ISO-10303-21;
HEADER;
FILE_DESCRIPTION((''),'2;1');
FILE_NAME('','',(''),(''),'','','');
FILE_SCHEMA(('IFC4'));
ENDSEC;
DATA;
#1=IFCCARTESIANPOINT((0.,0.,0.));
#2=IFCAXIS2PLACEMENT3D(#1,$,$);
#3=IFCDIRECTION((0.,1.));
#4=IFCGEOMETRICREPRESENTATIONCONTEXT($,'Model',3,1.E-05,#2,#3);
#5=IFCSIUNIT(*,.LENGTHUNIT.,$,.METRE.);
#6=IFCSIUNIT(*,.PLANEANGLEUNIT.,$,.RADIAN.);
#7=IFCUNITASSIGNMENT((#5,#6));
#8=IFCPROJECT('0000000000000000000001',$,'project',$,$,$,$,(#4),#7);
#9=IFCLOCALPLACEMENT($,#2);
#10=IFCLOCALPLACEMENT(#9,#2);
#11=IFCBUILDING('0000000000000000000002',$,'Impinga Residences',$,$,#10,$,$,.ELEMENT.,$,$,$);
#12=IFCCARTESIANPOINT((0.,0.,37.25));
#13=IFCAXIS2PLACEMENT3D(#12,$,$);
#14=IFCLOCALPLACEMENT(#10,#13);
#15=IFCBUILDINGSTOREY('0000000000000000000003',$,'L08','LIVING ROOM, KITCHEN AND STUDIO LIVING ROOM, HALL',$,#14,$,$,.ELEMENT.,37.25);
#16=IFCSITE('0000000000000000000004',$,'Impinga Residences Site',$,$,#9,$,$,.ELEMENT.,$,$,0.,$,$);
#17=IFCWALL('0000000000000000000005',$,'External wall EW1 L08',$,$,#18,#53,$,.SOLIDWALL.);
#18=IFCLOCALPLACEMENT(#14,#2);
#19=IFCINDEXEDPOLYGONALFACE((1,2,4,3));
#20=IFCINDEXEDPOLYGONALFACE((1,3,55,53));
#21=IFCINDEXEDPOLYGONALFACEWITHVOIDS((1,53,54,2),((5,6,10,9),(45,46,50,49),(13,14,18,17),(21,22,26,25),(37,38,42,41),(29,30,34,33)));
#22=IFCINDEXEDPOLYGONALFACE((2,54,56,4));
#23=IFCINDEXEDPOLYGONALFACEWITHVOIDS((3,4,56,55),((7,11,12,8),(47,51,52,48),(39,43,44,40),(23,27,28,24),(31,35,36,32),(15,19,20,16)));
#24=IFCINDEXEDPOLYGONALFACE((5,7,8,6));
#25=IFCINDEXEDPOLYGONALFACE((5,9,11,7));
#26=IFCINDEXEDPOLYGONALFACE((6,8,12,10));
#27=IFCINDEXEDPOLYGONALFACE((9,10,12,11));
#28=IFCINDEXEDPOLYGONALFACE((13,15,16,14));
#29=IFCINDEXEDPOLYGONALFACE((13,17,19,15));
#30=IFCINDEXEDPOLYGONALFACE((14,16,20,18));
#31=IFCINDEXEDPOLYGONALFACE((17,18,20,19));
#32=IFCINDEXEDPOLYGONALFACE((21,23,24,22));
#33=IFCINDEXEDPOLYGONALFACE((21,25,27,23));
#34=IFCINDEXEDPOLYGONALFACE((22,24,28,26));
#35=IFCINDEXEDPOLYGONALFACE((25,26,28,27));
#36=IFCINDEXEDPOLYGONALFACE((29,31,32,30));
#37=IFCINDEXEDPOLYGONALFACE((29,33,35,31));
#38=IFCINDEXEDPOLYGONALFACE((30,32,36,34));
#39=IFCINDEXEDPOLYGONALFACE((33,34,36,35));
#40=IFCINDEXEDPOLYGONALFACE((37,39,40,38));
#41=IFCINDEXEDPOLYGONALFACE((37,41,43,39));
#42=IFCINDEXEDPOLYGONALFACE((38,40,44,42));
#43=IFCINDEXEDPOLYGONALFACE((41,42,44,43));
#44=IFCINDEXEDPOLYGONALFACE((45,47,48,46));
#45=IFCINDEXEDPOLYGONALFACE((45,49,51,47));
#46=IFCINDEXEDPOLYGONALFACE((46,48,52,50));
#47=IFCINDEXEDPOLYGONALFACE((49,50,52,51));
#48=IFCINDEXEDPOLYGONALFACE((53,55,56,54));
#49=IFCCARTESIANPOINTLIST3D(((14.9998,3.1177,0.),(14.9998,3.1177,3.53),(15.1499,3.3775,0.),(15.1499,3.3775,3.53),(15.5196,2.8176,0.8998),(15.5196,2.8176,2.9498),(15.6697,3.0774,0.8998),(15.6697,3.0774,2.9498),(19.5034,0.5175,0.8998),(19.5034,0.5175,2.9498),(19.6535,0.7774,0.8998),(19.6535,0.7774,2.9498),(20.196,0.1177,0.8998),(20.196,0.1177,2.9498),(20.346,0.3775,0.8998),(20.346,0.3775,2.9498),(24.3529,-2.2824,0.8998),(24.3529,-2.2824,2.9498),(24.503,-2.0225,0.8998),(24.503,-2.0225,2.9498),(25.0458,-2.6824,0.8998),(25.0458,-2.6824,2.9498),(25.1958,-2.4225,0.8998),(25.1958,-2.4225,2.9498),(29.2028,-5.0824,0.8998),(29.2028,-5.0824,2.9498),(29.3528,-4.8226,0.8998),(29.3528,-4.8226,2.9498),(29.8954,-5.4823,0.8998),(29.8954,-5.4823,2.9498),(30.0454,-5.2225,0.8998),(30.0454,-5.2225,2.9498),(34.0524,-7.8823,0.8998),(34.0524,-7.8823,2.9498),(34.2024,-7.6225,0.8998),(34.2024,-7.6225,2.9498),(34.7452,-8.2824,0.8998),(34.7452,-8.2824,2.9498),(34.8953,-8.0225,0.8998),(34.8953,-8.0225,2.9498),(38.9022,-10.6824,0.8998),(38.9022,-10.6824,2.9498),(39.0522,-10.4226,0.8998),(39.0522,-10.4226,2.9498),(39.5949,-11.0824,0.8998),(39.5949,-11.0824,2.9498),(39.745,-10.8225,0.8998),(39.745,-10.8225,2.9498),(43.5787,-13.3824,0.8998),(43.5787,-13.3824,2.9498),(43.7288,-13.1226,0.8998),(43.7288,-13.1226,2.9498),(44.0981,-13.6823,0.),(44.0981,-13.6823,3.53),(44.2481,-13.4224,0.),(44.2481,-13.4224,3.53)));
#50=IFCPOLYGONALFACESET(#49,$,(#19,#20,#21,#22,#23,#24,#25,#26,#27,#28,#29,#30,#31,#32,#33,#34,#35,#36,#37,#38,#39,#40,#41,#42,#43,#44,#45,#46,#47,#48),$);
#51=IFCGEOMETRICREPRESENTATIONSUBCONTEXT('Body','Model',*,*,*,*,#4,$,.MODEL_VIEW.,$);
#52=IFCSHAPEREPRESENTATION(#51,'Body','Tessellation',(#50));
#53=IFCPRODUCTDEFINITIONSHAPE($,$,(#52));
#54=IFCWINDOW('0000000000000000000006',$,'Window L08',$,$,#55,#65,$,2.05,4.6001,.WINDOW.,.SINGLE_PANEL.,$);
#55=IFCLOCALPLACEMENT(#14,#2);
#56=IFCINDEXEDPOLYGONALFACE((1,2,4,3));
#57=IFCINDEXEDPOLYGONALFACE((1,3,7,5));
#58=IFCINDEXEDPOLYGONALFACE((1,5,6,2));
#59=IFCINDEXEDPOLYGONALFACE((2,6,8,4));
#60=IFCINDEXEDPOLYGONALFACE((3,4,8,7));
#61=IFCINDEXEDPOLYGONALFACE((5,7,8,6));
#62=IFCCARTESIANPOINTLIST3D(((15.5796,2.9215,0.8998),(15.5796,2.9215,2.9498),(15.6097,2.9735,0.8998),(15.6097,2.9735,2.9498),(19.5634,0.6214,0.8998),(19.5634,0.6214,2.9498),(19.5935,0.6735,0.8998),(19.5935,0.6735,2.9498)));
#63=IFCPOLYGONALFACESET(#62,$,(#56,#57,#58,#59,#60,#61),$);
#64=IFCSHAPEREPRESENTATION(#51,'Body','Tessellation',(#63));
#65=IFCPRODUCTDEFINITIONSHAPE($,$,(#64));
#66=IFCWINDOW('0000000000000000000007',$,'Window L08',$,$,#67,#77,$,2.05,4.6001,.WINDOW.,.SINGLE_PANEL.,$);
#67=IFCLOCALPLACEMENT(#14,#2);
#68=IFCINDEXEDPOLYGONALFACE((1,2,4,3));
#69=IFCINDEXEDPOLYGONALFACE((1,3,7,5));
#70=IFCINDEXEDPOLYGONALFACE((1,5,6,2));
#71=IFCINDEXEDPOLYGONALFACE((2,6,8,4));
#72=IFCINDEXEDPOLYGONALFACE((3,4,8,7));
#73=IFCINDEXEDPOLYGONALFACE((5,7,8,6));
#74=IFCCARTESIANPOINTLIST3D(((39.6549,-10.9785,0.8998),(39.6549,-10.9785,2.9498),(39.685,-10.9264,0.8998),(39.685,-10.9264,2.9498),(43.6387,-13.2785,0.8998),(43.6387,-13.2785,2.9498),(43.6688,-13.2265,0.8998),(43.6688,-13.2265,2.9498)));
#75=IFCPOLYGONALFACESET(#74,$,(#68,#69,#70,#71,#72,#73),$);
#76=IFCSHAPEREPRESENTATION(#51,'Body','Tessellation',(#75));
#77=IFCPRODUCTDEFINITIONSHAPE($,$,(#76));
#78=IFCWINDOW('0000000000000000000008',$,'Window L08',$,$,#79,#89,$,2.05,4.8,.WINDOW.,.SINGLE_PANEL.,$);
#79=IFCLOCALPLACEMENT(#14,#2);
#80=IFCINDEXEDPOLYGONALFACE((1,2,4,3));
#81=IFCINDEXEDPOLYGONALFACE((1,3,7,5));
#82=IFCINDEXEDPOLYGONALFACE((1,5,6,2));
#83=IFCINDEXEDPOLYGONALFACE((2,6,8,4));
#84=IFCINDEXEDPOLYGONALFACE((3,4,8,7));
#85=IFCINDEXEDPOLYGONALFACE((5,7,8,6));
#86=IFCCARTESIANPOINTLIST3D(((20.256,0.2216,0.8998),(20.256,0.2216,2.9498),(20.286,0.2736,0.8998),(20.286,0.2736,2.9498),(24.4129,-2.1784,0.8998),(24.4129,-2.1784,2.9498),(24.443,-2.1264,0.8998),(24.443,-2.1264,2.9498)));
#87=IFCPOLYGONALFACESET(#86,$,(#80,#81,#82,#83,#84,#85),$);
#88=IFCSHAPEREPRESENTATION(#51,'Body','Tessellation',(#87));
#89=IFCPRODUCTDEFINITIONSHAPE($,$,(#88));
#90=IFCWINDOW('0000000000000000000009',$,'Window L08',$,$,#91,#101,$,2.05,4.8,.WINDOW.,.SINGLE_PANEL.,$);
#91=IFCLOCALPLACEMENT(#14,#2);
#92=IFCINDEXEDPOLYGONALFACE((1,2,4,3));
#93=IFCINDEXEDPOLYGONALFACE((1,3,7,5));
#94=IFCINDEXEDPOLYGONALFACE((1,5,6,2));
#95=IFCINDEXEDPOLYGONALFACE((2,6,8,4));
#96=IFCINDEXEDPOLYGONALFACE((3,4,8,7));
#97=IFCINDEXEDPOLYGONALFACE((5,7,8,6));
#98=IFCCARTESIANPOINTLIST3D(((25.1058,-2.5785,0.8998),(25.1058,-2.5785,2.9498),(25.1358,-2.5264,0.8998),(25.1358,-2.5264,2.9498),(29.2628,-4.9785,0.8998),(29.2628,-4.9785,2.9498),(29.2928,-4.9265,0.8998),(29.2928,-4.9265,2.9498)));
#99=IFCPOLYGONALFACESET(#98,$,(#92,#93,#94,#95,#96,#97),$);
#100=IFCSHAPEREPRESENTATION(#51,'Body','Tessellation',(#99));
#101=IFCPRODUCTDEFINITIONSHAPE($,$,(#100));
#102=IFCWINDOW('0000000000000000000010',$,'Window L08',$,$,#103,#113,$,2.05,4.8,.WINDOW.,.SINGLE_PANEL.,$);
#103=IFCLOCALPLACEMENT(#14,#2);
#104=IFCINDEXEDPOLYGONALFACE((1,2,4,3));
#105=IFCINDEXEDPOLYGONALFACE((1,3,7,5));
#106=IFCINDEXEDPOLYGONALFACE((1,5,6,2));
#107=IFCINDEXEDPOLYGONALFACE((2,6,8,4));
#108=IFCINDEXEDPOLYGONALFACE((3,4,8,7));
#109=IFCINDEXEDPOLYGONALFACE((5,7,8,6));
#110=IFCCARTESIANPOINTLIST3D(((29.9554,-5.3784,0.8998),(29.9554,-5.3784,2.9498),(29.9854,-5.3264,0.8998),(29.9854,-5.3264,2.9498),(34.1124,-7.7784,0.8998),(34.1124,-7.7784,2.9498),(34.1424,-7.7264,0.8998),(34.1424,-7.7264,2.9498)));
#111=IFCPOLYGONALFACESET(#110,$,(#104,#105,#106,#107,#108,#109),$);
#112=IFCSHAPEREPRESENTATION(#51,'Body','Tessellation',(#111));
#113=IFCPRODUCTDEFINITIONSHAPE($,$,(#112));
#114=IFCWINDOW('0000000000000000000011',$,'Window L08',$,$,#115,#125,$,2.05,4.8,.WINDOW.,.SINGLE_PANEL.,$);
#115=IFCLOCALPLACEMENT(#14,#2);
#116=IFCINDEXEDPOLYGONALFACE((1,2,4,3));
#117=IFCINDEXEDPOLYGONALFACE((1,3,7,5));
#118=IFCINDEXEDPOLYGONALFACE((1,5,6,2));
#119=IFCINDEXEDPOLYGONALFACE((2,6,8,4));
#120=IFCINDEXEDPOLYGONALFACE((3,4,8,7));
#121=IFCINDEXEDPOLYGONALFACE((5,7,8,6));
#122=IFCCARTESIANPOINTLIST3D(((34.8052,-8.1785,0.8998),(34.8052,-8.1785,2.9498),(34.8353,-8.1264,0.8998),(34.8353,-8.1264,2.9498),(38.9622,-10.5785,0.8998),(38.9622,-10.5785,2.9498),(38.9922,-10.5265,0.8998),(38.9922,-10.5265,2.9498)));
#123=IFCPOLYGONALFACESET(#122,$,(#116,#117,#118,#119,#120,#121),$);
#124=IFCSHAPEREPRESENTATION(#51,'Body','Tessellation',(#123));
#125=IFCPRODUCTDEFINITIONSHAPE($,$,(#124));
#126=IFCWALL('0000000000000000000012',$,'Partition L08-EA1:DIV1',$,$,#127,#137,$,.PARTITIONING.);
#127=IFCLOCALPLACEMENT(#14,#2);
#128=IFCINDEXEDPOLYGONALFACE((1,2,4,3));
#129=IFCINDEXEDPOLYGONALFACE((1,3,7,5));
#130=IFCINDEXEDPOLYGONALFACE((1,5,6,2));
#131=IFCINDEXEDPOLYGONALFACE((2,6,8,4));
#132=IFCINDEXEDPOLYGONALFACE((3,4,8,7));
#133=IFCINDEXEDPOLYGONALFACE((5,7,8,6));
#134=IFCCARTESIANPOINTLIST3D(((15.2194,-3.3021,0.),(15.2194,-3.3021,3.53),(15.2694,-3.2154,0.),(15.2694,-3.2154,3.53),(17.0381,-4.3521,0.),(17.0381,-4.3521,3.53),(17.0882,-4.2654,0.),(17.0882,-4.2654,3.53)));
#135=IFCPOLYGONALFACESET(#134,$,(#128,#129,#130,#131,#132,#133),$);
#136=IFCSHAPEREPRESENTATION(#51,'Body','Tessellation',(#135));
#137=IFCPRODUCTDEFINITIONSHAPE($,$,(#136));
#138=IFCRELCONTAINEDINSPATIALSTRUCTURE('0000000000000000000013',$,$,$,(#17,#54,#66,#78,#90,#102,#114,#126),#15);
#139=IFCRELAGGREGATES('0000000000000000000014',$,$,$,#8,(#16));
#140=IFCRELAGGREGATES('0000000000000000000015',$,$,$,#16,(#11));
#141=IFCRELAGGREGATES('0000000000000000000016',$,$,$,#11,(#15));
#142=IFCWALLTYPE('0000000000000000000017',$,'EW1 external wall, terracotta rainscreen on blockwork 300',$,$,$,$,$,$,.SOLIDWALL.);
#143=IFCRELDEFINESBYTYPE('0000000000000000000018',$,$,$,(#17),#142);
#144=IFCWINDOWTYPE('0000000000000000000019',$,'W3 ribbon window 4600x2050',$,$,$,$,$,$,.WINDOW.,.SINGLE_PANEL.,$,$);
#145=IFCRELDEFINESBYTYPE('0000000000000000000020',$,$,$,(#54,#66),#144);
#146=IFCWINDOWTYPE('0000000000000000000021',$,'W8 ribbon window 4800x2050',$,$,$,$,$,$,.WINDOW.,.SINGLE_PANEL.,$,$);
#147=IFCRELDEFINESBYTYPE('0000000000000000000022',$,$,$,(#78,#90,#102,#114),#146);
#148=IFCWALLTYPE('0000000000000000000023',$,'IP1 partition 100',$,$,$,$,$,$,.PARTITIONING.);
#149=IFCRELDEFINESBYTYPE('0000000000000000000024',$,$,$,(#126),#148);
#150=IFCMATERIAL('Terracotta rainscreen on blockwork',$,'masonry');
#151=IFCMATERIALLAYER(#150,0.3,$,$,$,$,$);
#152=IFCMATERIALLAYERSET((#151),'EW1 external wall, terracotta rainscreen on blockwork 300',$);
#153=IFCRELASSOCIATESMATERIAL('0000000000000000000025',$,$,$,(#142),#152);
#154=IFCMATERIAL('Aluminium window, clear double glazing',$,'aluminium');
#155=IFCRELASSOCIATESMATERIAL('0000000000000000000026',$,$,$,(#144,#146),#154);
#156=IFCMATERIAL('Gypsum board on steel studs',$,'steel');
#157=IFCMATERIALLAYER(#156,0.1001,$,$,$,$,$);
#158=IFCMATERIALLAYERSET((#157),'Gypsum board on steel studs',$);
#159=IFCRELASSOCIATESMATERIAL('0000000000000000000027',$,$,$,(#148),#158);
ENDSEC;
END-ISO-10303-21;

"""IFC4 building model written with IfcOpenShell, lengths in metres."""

from ifc_helpers import new_model, si_unit, direction, frame, frame_2d, origin, place, context, subcontext, project, spatial, rectangle, extrude, material, layer, layer_set, type_object, element, fill, save


model = new_model("IFC4")

# Units and contexts
model_context = context("Model", 3, precision=1e-05, world=origin(), true_north=direction((0.0, 1.0)))
body_context = subcontext(model_context, "Body", "Model", "MODEL_VIEW")
ifc_project = project(units=[si_unit("LENGTHUNIT", "METRE"), si_unit("PLANEANGLEUNIT", "RADIAN")], contexts=[model_context])

# Site, building, storey
site_placement = place(None, origin())
site = spatial("IfcSite", under=ifc_project, at=site_placement, Name="Impinga Residences Site", CompositionType="ELEMENT", RefElevation=0.0)
building_placement = place(site_placement, origin())
building = spatial("IfcBuilding", under=site, at=building_placement, Name="Impinga Residences", CompositionType="ELEMENT")
storey_placement = place(building_placement, frame((0.0, 0.0, 37.25)))
storey = spatial("IfcBuildingStorey", under=building, at=storey_placement, Name="L08", Description="LIVING ROOM, KITCHEN AND STUDIO LIVING ROOM, HALL", CompositionType="ELEMENT", Elevation=37.25)

# Wall, openings, windows
ifc_material_1 = material(Name="Terracotta rainscreen on blockwork", Category="masonry")
ifc_layer_1 = layer(ifc_material_1, 0.3)
ifc_layer_set_1 = layer_set([ifc_layer_1], Name="EW1 external wall, terracotta rainscreen on blockwork 300")
wall_type_1 = type_object("IfcWallType", Name="EW1 external wall, terracotta rainscreen on blockwork 300", PredefinedType="SOLIDWALL", material=ifc_layer_set_1)
wall_1_placement = place(storey_placement, frame((15.075, 3.2476, 0.0), z_axis=(0.0, 0.0, 1.0), x_axis=(0.866024, -0.500002, 0.0)))
wall_1 = element("IfcWall", 1, at=wall_1_placement, inside=storey, type_object=wall_type_1, Name="External wall EW1 L08", PredefinedType="SOLIDWALL", context=body_context, shape_type="SweptSolid", body=[
    extrude(rectangle(XDim=33.5999, YDim=0.3, at=frame_2d((16.7998, 0.0))), origin(), (0.0, 0.0, 1.0), 3.53),
])
opening_1_placement = place(wall_1_placement, frame((0.6001, 0.0, 0.8999)))
opening_1 = element("IfcOpeningElement", 2, at=opening_1_placement, cuts=wall_1, PredefinedType="OPENING", context=body_context, shape_type="SweptSolid", body=[
    extrude(rectangle(XDim=4.6001, YDim=2.05, at=frame_2d((2.3, 1.0249))), frame((0.0, 0.1599, 0.0), z_axis=(0.0, -1.0, 0.0), x_axis=(1.0, 0.0, 0.0)), (0.0, 0.0, 1.0), 0.3201),
])
opening_2_placement = place(wall_1_placement, frame((6.0, 0.0, 0.8999)))
opening_2 = element("IfcOpeningElement", 3, at=opening_2_placement, cuts=wall_1, PredefinedType="OPENING", context=body_context, shape_type="SweptSolid", body=[
    extrude(rectangle(XDim=4.8, YDim=2.05, at=frame_2d((2.3999, 1.0249))), frame((0.0, 0.1599, 0.0), z_axis=(0.0, -1.0, 0.0), x_axis=(1.0, 0.0, 0.0)), (0.0, 0.0, 1.0), 0.3201),
])
opening_3_placement = place(wall_1_placement, frame((11.6001, 0.0, 0.8999)))
opening_3 = element("IfcOpeningElement", 4, at=opening_3_placement, cuts=wall_1, PredefinedType="OPENING", context=body_context, shape_type="SweptSolid", body=[
    extrude(rectangle(XDim=4.8, YDim=2.05, at=frame_2d((2.3999, 1.0249))), frame((0.0, 0.1599, 0.0), z_axis=(0.0, -1.0, 0.0), x_axis=(1.0, 0.0, 0.0)), (0.0, 0.0, 1.0), 0.3201),
])
opening_4_placement = place(wall_1_placement, frame((17.2, 0.0, 0.8999)))
opening_4 = element("IfcOpeningElement", 5, at=opening_4_placement, cuts=wall_1, PredefinedType="OPENING", context=body_context, shape_type="SweptSolid", body=[
    extrude(rectangle(XDim=4.8, YDim=2.05, at=frame_2d((2.3999, 1.0249))), frame((0.0, 0.1599, 0.0), z_axis=(0.0, -1.0, 0.0), x_axis=(1.0, 0.0, 0.0)), (0.0, 0.0, 1.0), 0.3201),
])
opening_5_placement = place(wall_1_placement, frame((22.8, 0.0, 0.8999)))
opening_5 = element("IfcOpeningElement", 6, at=opening_5_placement, cuts=wall_1, PredefinedType="OPENING", context=body_context, shape_type="SweptSolid", body=[
    extrude(rectangle(XDim=4.8, YDim=2.05, at=frame_2d((2.3999, 1.0249))), frame((0.0, 0.1599, 0.0), z_axis=(0.0, -1.0, 0.0), x_axis=(1.0, 0.0, 0.0)), (0.0, 0.0, 1.0), 0.3201),
])
opening_6_placement = place(wall_1_placement, frame((28.3999, 0.0, 0.8999)))
opening_6 = element("IfcOpeningElement", 7, at=opening_6_placement, cuts=wall_1, PredefinedType="OPENING", context=body_context, shape_type="SweptSolid", body=[
    extrude(rectangle(XDim=4.6001, YDim=2.05, at=frame_2d((2.3, 1.0249))), frame((0.0, 0.1599, 0.0), z_axis=(0.0, -1.0, 0.0), x_axis=(1.0, 0.0, 0.0)), (0.0, 0.0, 1.0), 0.3201),
])
ifc_material_2 = material(Name="Aluminium window, clear double glazing", Category="aluminium")
window_type_1 = type_object("IfcWindowType", Name="W3 ribbon window 4600x2050", PartitioningType="SINGLE_PANEL", PredefinedType="WINDOW", material=ifc_material_2)
window_1_placement = place(opening_1_placement, origin())
window_1 = element("IfcWindow", 8, at=window_1_placement, inside=storey, type_object=window_type_1, Name="Window L08", OverallHeight=2.05, OverallWidth=4.6001, PartitioningType="SINGLE_PANEL", PredefinedType="WINDOW", context=body_context, shape_type="SweptSolid", body=[
    extrude(rectangle(XDim=4.6001, YDim=2.05, at=frame_2d((2.3, 1.0249))), frame((0.0, 0.03, 0.0), z_axis=(0.0, -1.0, 0.0), x_axis=(1.0, 0.0, 0.0)), (0.0, 0.0, 1.0), 0.0601),
])
fill(opening_1, window_1)
window_2_placement = place(opening_6_placement, origin())
window_2 = element("IfcWindow", 9, at=window_2_placement, inside=storey, type_object=window_type_1, Name="Window L08", OverallHeight=2.05, OverallWidth=4.6001, PartitioningType="SINGLE_PANEL", PredefinedType="WINDOW", context=body_context, shape_type="SweptSolid", body=[
    extrude(rectangle(XDim=4.6001, YDim=2.05, at=frame_2d((2.3, 1.0249))), frame((0.0, 0.03, 0.0), z_axis=(0.0, -1.0, 0.0), x_axis=(1.0, 0.0, 0.0)), (0.0, 0.0, 1.0), 0.0601),
])
fill(opening_6, window_2)
window_type_2 = type_object("IfcWindowType", Name="W8 ribbon window 4800x2050", PartitioningType="SINGLE_PANEL", PredefinedType="WINDOW", material=ifc_material_2)
window_3_placement = place(opening_2_placement, origin())
window_3 = element("IfcWindow", 10, at=window_3_placement, inside=storey, type_object=window_type_2, Name="Window L08", OverallHeight=2.05, OverallWidth=4.8, PartitioningType="SINGLE_PANEL", PredefinedType="WINDOW", context=body_context, shape_type="SweptSolid", body=[
    extrude(rectangle(XDim=4.8, YDim=2.05, at=frame_2d((2.3999, 1.0249))), frame((0.0, 0.03, 0.0), z_axis=(0.0, -1.0, 0.0), x_axis=(1.0, 0.0, 0.0)), (0.0, 0.0, 1.0), 0.0601),
])
fill(opening_2, window_3)
window_4_placement = place(opening_3_placement, origin())
window_4 = element("IfcWindow", 11, at=window_4_placement, inside=storey, type_object=window_type_2, Name="Window L08", OverallHeight=2.05, OverallWidth=4.8, PartitioningType="SINGLE_PANEL", PredefinedType="WINDOW", context=body_context, shape_type="SweptSolid", body=[
    extrude(rectangle(XDim=4.8, YDim=2.05, at=frame_2d((2.3999, 1.0249))), frame((0.0, 0.03, 0.0), z_axis=(0.0, -1.0, 0.0), x_axis=(1.0, 0.0, 0.0)), (0.0, 0.0, 1.0), 0.0601),
])
fill(opening_3, window_4)
window_5_placement = place(opening_4_placement, origin())
window_5 = element("IfcWindow", 12, at=window_5_placement, inside=storey, type_object=window_type_2, Name="Window L08", OverallHeight=2.05, OverallWidth=4.8, PartitioningType="SINGLE_PANEL", PredefinedType="WINDOW", context=body_context, shape_type="SweptSolid", body=[
    extrude(rectangle(XDim=4.8, YDim=2.05, at=frame_2d((2.3999, 1.0249))), frame((0.0, 0.03, 0.0), z_axis=(0.0, -1.0, 0.0), x_axis=(1.0, 0.0, 0.0)), (0.0, 0.0, 1.0), 0.0601),
])
fill(opening_4, window_5)
window_6_placement = place(opening_5_placement, origin())
window_6 = element("IfcWindow", 13, at=window_6_placement, inside=storey, type_object=window_type_2, Name="Window L08", OverallHeight=2.05, OverallWidth=4.8, PartitioningType="SINGLE_PANEL", PredefinedType="WINDOW", context=body_context, shape_type="SweptSolid", body=[
    extrude(rectangle(XDim=4.8, YDim=2.05, at=frame_2d((2.3999, 1.0249))), frame((0.0, 0.03, 0.0), z_axis=(0.0, -1.0, 0.0), x_axis=(1.0, 0.0, 0.0)), (0.0, 0.0, 1.0), 0.0601),
])
fill(opening_5, window_6)

# Wall
ifc_material_3 = material(Name="Gypsum board on steel studs", Category="steel")
ifc_layer_2 = layer(ifc_material_3, 0.1001)
ifc_layer_set_2 = layer_set([ifc_layer_2], Name="Gypsum board on steel studs")
wall_type_2 = type_object("IfcWallType", Name="IP1 partition 100", PredefinedType="PARTITIONING", material=ifc_layer_set_2)
wall_2_placement = place(storey_placement, frame((15.2444, -3.2588, 0.0), z_axis=(0.0, 0.0, 1.0), x_axis=(0.866038, -0.499977, 0.0)))
element("IfcWall", 14, at=wall_2_placement, inside=storey, type_object=wall_type_2, Name="Partition L08-EA1:DIV1", PredefinedType="PARTITIONING", context=body_context, shape_type="SweptSolid", body=[
    extrude(rectangle(XDim=2.1001, YDim=0.1001, at=frame_2d((1.05, 0.0))), origin(), (0.0, 0.0, 1.0), 3.53),
])

save(model, "model.ifc")
